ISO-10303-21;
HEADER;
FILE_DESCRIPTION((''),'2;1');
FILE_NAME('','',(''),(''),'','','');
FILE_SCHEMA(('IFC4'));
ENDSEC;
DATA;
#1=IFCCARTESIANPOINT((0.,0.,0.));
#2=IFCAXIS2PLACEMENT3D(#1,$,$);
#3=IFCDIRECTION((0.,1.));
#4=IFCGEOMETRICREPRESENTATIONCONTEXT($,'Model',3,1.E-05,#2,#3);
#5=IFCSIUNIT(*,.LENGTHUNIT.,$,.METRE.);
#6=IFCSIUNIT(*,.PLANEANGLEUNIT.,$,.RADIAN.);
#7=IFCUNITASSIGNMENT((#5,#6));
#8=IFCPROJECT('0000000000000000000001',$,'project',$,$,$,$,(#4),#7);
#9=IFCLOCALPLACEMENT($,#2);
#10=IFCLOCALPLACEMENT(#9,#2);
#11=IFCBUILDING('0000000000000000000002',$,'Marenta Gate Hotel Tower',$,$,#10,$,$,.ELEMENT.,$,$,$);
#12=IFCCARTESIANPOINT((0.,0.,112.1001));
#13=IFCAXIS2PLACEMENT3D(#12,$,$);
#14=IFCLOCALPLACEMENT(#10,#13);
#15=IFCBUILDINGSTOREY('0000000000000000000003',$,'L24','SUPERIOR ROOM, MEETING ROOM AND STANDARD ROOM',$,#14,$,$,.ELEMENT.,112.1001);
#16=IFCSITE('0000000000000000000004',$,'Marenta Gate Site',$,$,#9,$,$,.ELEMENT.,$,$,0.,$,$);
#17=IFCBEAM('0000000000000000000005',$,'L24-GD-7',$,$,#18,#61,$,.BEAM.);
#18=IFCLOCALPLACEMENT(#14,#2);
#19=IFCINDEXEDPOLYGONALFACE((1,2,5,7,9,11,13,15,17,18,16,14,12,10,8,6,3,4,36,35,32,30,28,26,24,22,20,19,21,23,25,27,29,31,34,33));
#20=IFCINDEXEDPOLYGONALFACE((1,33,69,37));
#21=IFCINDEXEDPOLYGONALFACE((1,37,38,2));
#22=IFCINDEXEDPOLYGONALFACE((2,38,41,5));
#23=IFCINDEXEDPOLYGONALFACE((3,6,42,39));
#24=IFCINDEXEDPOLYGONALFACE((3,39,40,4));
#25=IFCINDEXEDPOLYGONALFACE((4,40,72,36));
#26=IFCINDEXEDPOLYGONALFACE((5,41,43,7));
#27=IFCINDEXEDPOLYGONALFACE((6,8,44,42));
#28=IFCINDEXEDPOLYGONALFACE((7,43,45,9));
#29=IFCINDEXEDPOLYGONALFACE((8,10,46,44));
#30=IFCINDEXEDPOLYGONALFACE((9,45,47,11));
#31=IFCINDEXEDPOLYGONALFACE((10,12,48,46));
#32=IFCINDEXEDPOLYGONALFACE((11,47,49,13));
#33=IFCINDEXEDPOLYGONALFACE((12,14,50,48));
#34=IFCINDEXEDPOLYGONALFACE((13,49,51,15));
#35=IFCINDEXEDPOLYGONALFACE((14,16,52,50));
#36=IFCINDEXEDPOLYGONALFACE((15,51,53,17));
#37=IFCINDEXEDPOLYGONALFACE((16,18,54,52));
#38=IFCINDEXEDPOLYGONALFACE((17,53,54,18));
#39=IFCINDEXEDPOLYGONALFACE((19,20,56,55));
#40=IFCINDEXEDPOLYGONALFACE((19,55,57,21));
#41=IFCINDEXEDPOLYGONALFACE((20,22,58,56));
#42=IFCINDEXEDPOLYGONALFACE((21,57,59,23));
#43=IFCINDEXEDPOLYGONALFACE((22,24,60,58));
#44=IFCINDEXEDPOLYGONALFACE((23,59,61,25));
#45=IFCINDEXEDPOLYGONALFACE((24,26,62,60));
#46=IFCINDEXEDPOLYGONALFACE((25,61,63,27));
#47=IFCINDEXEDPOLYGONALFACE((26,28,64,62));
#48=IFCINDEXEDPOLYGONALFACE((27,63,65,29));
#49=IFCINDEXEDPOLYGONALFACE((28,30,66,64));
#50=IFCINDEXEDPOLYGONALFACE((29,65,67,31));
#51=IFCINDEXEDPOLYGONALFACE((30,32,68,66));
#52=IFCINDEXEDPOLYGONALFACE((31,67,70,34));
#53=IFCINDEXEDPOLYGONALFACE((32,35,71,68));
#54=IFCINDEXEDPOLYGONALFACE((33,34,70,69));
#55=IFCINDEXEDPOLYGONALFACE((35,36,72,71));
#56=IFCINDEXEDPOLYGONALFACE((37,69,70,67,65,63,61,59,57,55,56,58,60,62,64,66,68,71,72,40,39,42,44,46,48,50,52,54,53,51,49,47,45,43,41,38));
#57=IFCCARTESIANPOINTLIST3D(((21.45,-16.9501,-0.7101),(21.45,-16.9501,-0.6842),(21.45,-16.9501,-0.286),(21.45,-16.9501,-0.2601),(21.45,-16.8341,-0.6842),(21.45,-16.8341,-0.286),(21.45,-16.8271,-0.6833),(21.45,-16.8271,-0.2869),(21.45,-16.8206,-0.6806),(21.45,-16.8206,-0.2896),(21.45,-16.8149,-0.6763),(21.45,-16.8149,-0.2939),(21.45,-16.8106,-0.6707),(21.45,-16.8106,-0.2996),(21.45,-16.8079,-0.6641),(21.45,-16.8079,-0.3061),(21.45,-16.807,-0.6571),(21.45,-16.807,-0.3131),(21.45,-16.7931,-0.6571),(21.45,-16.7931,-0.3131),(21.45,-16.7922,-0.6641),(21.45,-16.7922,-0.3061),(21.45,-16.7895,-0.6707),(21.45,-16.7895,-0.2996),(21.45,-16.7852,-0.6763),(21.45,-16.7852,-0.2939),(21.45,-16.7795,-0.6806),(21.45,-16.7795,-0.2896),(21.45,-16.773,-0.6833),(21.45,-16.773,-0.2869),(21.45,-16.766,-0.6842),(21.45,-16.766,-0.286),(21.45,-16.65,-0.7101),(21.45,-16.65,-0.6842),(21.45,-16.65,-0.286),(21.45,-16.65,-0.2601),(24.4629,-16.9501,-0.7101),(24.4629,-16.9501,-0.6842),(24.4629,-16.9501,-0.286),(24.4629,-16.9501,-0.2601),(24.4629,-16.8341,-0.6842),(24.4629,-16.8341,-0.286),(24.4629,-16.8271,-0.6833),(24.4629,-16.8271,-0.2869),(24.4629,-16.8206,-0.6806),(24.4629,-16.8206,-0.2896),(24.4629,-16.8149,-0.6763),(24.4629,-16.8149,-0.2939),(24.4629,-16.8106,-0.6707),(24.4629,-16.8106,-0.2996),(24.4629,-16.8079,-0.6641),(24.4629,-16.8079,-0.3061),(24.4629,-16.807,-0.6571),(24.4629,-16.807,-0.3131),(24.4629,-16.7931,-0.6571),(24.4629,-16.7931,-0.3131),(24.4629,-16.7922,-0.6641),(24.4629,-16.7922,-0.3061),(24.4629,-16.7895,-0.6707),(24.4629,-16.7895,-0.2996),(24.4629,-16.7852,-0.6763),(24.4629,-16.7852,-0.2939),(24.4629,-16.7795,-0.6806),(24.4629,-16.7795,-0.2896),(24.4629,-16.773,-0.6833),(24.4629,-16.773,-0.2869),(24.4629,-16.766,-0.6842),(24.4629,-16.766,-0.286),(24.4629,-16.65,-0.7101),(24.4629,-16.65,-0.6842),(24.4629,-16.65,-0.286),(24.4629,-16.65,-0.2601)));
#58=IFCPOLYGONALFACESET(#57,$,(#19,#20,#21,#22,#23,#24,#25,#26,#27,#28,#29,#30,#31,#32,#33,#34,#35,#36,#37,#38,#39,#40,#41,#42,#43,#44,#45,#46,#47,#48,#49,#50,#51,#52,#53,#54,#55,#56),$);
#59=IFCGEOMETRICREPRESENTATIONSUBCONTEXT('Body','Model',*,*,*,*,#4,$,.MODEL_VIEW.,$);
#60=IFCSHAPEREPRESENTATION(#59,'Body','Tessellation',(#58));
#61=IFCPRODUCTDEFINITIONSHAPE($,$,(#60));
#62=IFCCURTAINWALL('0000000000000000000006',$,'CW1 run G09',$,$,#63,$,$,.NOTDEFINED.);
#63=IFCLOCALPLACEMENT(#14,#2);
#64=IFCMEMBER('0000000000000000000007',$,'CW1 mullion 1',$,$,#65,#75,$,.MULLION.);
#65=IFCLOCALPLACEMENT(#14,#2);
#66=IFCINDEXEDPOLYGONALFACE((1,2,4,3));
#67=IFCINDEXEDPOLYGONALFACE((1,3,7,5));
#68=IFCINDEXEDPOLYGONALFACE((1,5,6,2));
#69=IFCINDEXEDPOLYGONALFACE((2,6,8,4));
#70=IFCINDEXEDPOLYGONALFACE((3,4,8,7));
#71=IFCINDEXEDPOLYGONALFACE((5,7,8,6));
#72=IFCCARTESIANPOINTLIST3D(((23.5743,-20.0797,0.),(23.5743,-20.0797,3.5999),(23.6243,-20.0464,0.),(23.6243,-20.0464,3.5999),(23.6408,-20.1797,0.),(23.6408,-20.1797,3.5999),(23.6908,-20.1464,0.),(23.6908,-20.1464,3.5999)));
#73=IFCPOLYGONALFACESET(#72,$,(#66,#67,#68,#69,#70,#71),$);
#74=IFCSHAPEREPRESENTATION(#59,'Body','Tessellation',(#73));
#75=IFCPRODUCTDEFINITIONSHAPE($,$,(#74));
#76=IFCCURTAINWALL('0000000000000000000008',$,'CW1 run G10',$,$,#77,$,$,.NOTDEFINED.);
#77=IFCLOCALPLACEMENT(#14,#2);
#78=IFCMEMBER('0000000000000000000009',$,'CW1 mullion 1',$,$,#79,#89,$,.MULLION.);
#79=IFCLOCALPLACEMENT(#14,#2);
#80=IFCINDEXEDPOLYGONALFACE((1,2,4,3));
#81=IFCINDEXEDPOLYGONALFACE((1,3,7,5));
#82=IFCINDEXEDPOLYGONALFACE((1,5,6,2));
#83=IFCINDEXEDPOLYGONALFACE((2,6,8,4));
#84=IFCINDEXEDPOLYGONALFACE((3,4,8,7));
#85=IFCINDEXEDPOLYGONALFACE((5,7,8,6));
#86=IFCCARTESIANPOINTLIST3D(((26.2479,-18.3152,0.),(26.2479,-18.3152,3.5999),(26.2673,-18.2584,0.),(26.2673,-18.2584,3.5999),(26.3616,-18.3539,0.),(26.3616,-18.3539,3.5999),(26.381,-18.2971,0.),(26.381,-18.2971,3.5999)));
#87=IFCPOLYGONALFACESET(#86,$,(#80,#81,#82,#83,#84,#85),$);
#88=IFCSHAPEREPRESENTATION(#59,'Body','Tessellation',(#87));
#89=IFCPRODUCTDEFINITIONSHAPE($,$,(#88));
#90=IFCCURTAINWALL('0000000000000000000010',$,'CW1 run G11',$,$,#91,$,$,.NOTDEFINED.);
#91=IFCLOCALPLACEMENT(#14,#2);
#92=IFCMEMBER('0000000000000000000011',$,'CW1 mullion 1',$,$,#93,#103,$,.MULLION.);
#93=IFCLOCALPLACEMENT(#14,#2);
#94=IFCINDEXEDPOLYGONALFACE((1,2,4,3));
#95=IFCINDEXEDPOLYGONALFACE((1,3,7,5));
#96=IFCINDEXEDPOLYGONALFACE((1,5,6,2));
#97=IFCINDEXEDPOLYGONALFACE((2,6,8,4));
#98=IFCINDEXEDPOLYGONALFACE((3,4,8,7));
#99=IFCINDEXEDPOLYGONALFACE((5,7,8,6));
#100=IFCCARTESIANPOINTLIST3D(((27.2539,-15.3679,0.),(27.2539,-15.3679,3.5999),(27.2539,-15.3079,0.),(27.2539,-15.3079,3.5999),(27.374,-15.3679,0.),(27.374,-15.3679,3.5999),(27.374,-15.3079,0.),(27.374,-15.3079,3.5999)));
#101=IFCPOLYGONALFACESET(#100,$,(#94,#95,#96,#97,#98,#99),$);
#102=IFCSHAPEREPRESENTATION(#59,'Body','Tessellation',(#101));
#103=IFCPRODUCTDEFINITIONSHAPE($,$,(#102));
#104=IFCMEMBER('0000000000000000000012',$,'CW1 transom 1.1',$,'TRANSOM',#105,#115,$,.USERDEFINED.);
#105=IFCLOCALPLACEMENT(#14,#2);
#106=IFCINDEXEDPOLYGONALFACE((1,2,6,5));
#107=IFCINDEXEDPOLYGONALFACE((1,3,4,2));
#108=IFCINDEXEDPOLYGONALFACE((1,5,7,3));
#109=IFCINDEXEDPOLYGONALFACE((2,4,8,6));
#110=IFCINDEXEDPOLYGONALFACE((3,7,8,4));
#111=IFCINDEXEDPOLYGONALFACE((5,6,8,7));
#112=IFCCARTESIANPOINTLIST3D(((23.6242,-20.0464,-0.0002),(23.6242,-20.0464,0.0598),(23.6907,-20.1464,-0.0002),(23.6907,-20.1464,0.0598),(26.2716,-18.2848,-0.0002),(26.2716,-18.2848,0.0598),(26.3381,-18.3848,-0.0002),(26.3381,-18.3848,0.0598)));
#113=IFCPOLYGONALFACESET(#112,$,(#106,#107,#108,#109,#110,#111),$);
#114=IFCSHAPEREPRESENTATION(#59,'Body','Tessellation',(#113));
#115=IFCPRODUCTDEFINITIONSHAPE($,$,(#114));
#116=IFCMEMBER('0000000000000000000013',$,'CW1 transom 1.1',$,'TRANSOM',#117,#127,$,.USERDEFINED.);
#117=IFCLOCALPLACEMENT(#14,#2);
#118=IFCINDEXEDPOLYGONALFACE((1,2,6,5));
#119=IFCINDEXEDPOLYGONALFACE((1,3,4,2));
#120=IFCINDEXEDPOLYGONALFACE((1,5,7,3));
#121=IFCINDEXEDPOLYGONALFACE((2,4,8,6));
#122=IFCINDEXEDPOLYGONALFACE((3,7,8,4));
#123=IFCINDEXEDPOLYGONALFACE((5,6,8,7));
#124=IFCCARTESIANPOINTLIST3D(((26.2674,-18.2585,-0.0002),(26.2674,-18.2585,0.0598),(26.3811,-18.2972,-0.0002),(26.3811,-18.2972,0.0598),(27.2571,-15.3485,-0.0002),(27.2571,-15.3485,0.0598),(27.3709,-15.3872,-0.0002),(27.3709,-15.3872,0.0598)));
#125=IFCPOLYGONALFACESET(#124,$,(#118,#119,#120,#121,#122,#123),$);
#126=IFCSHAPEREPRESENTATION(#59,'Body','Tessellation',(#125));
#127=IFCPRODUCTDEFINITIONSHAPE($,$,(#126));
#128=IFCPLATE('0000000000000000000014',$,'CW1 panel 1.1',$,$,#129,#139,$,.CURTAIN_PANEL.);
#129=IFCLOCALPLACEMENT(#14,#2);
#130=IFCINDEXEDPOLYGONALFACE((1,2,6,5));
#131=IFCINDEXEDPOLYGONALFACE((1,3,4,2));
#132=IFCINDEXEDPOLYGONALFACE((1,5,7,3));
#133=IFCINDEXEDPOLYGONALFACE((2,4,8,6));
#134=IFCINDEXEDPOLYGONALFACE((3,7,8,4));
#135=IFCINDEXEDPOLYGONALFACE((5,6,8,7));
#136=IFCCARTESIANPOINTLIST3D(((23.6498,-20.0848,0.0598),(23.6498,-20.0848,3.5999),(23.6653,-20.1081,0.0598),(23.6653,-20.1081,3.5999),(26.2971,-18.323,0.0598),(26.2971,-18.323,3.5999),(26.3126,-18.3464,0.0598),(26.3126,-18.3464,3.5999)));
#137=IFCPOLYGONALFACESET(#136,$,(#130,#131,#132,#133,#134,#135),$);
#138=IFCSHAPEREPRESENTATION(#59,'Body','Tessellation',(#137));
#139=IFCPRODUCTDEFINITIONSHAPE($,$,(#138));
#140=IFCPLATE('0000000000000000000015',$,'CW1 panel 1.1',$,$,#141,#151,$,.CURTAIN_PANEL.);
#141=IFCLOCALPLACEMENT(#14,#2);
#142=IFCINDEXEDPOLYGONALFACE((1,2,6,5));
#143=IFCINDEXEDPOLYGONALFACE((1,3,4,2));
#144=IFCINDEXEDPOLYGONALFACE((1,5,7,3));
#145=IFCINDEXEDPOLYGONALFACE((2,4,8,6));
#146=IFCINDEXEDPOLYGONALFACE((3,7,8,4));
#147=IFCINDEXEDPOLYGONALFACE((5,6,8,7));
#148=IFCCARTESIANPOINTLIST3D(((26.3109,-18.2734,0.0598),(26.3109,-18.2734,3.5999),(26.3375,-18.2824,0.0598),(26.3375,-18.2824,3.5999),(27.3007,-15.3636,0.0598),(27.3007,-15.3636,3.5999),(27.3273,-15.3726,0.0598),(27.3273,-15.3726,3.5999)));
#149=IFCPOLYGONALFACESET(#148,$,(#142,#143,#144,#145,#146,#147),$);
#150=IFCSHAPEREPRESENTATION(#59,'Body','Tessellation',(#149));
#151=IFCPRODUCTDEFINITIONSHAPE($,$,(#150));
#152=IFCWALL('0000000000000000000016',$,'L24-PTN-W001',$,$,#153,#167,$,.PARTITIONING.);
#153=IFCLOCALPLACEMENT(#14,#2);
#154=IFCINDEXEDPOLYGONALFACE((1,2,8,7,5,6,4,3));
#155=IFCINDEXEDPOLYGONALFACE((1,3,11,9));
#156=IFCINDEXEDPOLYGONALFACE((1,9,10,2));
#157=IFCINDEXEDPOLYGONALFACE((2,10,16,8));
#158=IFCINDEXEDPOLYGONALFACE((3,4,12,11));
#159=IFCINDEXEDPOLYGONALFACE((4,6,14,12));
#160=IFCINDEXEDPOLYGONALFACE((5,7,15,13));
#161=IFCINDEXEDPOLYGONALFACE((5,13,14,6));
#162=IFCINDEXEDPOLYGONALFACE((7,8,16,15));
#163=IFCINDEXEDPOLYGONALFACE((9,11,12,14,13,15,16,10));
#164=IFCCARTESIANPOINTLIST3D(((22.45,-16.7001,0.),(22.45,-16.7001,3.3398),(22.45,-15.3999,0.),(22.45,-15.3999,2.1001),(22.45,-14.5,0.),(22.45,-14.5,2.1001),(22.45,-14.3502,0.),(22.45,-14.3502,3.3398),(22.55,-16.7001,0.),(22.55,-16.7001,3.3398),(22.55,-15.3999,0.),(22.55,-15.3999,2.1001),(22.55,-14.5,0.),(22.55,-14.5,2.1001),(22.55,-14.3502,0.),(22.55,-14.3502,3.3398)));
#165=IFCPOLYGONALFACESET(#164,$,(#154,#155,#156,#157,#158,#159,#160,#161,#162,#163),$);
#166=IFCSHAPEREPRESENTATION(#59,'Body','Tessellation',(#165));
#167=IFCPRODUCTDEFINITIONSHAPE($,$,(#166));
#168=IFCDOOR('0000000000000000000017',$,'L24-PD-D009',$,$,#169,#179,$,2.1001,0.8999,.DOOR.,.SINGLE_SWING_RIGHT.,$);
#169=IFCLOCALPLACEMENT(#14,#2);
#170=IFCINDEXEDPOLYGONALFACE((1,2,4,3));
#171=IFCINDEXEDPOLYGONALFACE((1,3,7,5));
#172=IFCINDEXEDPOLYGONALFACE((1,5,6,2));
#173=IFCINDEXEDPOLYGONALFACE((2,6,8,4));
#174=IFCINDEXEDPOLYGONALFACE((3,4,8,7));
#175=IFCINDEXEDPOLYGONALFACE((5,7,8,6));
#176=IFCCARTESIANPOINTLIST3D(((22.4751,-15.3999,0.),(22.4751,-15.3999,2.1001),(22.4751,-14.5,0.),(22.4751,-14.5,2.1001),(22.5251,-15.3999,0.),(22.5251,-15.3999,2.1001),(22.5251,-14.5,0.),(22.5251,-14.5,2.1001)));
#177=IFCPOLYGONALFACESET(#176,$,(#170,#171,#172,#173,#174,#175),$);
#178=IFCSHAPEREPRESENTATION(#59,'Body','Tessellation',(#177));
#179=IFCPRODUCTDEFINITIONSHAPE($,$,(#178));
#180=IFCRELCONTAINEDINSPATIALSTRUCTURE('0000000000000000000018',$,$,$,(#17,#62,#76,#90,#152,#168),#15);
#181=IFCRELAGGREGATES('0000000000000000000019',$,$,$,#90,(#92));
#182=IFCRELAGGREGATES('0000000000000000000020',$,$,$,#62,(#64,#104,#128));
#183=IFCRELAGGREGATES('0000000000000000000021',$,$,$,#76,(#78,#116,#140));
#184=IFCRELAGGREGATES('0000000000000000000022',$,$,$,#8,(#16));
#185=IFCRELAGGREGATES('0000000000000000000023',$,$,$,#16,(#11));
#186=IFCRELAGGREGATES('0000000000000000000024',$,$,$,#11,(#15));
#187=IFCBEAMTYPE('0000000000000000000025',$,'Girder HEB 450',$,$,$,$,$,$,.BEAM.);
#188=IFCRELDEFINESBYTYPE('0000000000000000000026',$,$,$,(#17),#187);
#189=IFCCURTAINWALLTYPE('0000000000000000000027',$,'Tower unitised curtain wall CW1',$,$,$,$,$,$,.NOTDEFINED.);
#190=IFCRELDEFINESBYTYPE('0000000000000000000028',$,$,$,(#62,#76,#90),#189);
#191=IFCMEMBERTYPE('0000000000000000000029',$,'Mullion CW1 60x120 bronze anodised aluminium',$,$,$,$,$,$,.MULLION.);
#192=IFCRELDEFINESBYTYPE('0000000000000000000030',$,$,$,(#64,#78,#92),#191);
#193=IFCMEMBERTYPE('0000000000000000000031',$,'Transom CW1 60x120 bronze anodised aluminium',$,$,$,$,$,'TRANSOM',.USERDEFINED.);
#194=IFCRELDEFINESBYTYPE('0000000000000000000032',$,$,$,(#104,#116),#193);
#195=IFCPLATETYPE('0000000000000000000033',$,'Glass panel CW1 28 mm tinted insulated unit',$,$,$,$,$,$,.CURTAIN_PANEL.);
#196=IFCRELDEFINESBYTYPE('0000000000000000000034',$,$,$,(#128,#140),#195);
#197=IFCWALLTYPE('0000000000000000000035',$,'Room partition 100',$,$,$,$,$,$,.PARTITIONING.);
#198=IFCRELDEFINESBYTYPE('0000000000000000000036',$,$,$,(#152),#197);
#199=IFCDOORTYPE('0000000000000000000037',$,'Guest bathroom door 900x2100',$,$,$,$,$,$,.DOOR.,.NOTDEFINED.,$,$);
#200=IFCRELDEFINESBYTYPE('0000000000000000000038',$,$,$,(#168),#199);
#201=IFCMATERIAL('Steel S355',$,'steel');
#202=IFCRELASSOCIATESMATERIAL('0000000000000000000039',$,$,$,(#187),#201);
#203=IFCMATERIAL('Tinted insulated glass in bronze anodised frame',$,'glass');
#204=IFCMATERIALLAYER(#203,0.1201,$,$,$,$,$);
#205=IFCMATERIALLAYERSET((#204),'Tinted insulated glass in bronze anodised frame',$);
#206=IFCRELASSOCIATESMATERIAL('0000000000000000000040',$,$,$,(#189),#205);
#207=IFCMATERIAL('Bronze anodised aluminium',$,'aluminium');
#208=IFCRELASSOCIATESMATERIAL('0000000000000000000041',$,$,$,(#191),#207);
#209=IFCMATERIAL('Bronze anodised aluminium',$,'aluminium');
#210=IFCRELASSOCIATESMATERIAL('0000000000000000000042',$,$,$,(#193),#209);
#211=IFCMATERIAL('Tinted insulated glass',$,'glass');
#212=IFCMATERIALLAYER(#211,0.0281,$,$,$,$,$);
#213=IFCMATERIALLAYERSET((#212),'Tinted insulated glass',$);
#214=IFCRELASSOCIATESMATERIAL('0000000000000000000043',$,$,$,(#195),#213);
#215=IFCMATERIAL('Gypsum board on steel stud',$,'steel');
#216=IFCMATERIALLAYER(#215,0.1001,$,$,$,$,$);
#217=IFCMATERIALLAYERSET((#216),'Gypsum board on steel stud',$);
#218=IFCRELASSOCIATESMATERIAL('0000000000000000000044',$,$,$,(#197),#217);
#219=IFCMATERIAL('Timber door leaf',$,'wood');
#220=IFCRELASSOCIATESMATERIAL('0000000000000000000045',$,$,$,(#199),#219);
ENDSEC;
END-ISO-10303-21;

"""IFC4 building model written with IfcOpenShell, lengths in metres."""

from ifc_helpers import new_model, si_unit, direction, frame, frame_2d, origin, origin_2d, place, context, subcontext, project, spatial, rectangle, i_section, extrude, material, layer, layer_set, material_profile, profile_set, type_object, element, fill, aggregate, save


model = new_model("IFC4")

# Units and contexts
model_context = context("Model", 3, precision=1e-05, world=origin(), true_north=direction((0.0, 1.0)))
body_context = subcontext(model_context, "Body", "Model", "MODEL_VIEW")
ifc_project = project(units=[si_unit("LENGTHUNIT", "METRE"), si_unit("PLANEANGLEUNIT", "RADIAN")], contexts=[model_context])

# Site, building, storey
site_placement = place(None, origin())
site = spatial("IfcSite", under=ifc_project, at=site_placement, Name="Marenta Gate Site", CompositionType="ELEMENT", RefElevation=0.0)
building_placement = place(site_placement, origin())
building = spatial("IfcBuilding", under=site, at=building_placement, Name="Marenta Gate Hotel Tower", CompositionType="ELEMENT")
storey_placement = place(building_placement, frame((0.0, 0.0, 112.1001)))
storey = spatial("IfcBuildingStorey", under=building, at=storey_placement, Name="L24", Description="SUPERIOR ROOM, MEETING ROOM AND STANDARD ROOM", CompositionType="ELEMENT", Elevation=112.1001)

# Beam
ifc_material_1 = material(Name="Steel S355", Category="steel")
ifc_material_profile_1 = material_profile(ifc_material_1, i_section(OverallWidth=0.3, OverallDepth=0.45, WebThickness=0.0139, FlangeThickness=0.0259, FilletRadius=0.0271, at=origin_2d()), Name="HEB 450")
ifc_profile_set_1 = profile_set([ifc_material_profile_1], Name="Steel S355")
beam_type_1 = type_object("IfcBeamType", Name="Girder HEB 450", PredefinedType="BEAM", material=ifc_profile_set_1)
beam_1_placement = place(storey_placement, frame((21.45, -16.8, -0.4851), z_axis=(1.0, 0.0, 0.0), x_axis=(0.0, 1.0, 0.0)))
element("IfcBeam", 1, at=beam_1_placement, inside=storey, type_object=beam_type_1, Name="L24-GD-7", PredefinedType="BEAM", context=body_context, shape_type="SweptSolid", body=[
    extrude(i_section(OverallWidth=0.3, OverallDepth=0.45, WebThickness=0.0139, FlangeThickness=0.0259, FilletRadius=0.0271, at=origin_2d()), origin(), (0.0, 0.0, 1.0), 3.0129),
])

# Curtain walls, members
ifc_material_2 = material(Name="Tinted insulated glass in bronze anodised frame", Category="glass")
ifc_layer_1 = layer(ifc_material_2, 0.1201)
ifc_layer_set_1 = layer_set([ifc_layer_1], Name="Tinted insulated glass in bronze anodised frame")
curtain_wall_type = type_object("IfcCurtainWallType", Name="Tower unitised curtain wall CW1", PredefinedType="NOTDEFINED", material=ifc_layer_set_1)
curtain_wall_1_placement = place(storey_placement, origin())
curtain_wall_1 = element("IfcCurtainWall", 2, at=curtain_wall_1_placement, inside=storey, type_object=curtain_wall_type, Name="CW1 run G09", PredefinedType="NOTDEFINED")
ifc_material_3 = material(Name="Bronze anodised aluminium", Category="aluminium")
ifc_material_profile_2 = material_profile(ifc_material_3, rectangle(XDim=0.1201, YDim=0.0601, at=origin_2d()), Name="Mullion CW1 60x120 bronze anodised aluminium")
ifc_profile_set_2 = profile_set([ifc_material_profile_2], Name="Bronze anodised aluminium")
member_type_1 = type_object("IfcMemberType", Name="Mullion CW1 60x120 bronze anodised aluminium", PredefinedType="MULLION", material=ifc_profile_set_2)
member_1_placement = place(storey_placement, frame((23.6326, -20.113, 0.0), z_axis=(0.0, 0.0, 1.0), x_axis=(-0.554016, 0.832506, 0.0)))
member_1 = element("IfcMember", 3, at=member_1_placement, type_object=member_type_1, Name="CW1 mullion 1", PredefinedType="MULLION", context=body_context, shape_type="SweptSolid", body=[
    extrude(rectangle(XDim=0.1201, YDim=0.0601, at=origin_2d()), origin(), (0.0, 0.0, 1.0), 3.5999),
])
curtain_wall_2_placement = place(storey_placement, origin())
curtain_wall_2 = element("IfcCurtainWall", 4, at=curtain_wall_2_placement, inside=storey, type_object=curtain_wall_type, Name="CW1 run G10", PredefinedType="NOTDEFINED")
member_2_placement = place(storey_placement, frame((26.3145, -18.3062, 0.0), z_axis=(0.0, 0.0, 1.0), x_axis=(-0.946728, 0.322033, 0.0)))
member_2 = element("IfcMember", 5, at=member_2_placement, type_object=member_type_1, Name="CW1 mullion 1", PredefinedType="MULLION", context=body_context, shape_type="SweptSolid", body=[
    extrude(rectangle(XDim=0.1201, YDim=0.0601, at=origin_2d()), origin(), (0.0, 0.0, 1.0), 3.5999),
])
curtain_wall_3_placement = place(storey_placement, origin())
curtain_wall_3 = element("IfcCurtainWall", 6, at=curtain_wall_3_placement, inside=storey, type_object=curtain_wall_type, Name="CW1 run G11", PredefinedType="NOTDEFINED")
member_3_placement = place(storey_placement, frame((27.314, -15.3379, 0.0), z_axis=(0.0, 0.0, 1.0), x_axis=(-1.0, 0.0, 0.0)))
member_3 = element("IfcMember", 7, at=member_3_placement, type_object=member_type_1, Name="CW1 mullion 1", PredefinedType="MULLION", context=body_context, shape_type="SweptSolid", body=[
    extrude(rectangle(XDim=0.1201, YDim=0.0601, at=origin_2d()), origin(), (0.0, 0.0, 1.0), 3.5999),
])
aggregate(curtain_wall_3, [member_3])

# Members
ifc_material_4 = material(Name="Bronze anodised aluminium", Category="aluminium")
ifc_material_profile_3 = material_profile(ifc_material_4, rectangle(XDim=0.1201, YDim=0.0601, at=origin_2d()), Name="Transom CW1 60x120 bronze anodised aluminium")
ifc_profile_set_3 = profile_set([ifc_material_profile_3], Name="Bronze anodised aluminium")
member_type_2 = type_object("IfcMemberType", Name="Transom CW1 60x120 bronze anodised aluminium", ElementType="TRANSOM", PredefinedType="USERDEFINED", material=ifc_profile_set_3)
member_4_placement = place(storey_placement, frame((23.6575, -20.0964, 0.0298), z_axis=(0.832522, 0.553991, 0.0), x_axis=(-0.553991, 0.832522, 0.0)))
member_4 = element("IfcMember", 8, at=member_4_placement, type_object=member_type_2, Name="CW1 transom 1.1", ObjectType="TRANSOM", PredefinedType="USERDEFINED", context=body_context, shape_type="SweptSolid", body=[
    extrude(rectangle(XDim=0.1201, YDim=0.0601, at=origin_2d()), origin(), (0.0, 0.0, 1.0), 3.1799),
])
member_5_placement = place(storey_placement, frame((26.3242, -18.2778, 0.0298), z_axis=(0.322012, 0.946735, 0.0), x_axis=(-0.946735, 0.322012, 0.0)))
member_5 = element("IfcMember", 9, at=member_5_placement, type_object=member_type_2, Name="CW1 transom 1.1", ObjectType="TRANSOM", PredefinedType="USERDEFINED", context=body_context, shape_type="SweptSolid", body=[
    extrude(rectangle(XDim=0.1201, YDim=0.0601, at=origin_2d()), origin(), (0.0, 0.0, 1.0), 3.0737),
])

# Plates
ifc_material_5 = material(Name="Tinted insulated glass", Category="glass")
ifc_layer_2 = layer(ifc_material_5, 0.0281)
ifc_layer_set_2 = layer_set([ifc_layer_2], Name="Tinted insulated glass")
plate_type = type_object("IfcPlateType", Name="Glass panel CW1 28 mm tinted insulated unit", PredefinedType="CURTAIN_PANEL", material=ifc_layer_set_2)
plate_1_placement = place(storey_placement, frame((24.9812, -19.2156, 0.0598), z_axis=(0.0, 0.0, 1.0), x_axis=(0.832506, 0.554016, 0.0)))
plate_1 = element("IfcPlate", 10, at=plate_1_placement, type_object=plate_type, Name="CW1 panel 1.1", PredefinedType="CURTAIN_PANEL", context=body_context, shape_type="SweptSolid", body=[
    extrude(rectangle(XDim=3.1799, YDim=0.0281, at=origin_2d()), origin(), (0.0, 0.0, 1.0), 3.54),
])
aggregate(curtain_wall_1, [member_1, member_4, plate_1])
plate_2_placement = place(storey_placement, frame((26.8191, -16.823, 0.0598), z_axis=(0.0, 0.0, 1.0), x_axis=(0.322033, 0.946728, 0.0)))
plate_2 = element("IfcPlate", 11, at=plate_2_placement, type_object=plate_type, Name="CW1 panel 1.1", PredefinedType="CURTAIN_PANEL", context=body_context, shape_type="SweptSolid", body=[
    extrude(rectangle(XDim=3.0735, YDim=0.0281, at=origin_2d()), origin(), (0.0, 0.0, 1.0), 3.54),
])
aggregate(curtain_wall_2, [member_2, member_5, plate_2])

# Wall, opening, door
ifc_material_6 = material(Name="Gypsum board on steel stud", Category="steel")
ifc_layer_3 = layer(ifc_material_6, 0.1001)
ifc_layer_set_3 = layer_set([ifc_layer_3], Name="Gypsum board on steel stud")
wall_type_1 = type_object("IfcWallType", Name="Room partition 100", PredefinedType="PARTITIONING", material=ifc_layer_set_3)
wall_1_placement = place(storey_placement, frame((22.5, -16.7, 0.0), z_axis=(0.0, 0.0, 1.0), x_axis=(0.0, 1.0, 0.0)))
wall_1 = element("IfcWall", 12, at=wall_1_placement, inside=storey, type_object=wall_type_1, Name="L24-PTN-W001", PredefinedType="PARTITIONING", context=body_context, shape_type="SweptSolid", body=[
    extrude(rectangle(XDim=2.3499, YDim=0.1001, at=frame_2d((1.1748, 0.0))), origin(), (0.0, 0.0, 1.0), 3.3398),
])
opening_placement = place(wall_1_placement, frame((1.3, 0.0, 0.0)))
opening = element("IfcOpeningElement", 13, at=opening_placement, cuts=wall_1, PredefinedType="OPENING", context=body_context, shape_type="SweptSolid", body=[
    extrude(rectangle(XDim=0.8999, YDim=2.1001, at=frame_2d((0.45, 1.05))), frame((0.0, 0.05, 0.0), z_axis=(0.0, -1.0, 0.0), x_axis=(1.0, 0.0, 0.0)), (0.0, 0.0, 1.0), 0.1001),
])
ifc_material_7 = material(Name="Timber door leaf", Category="wood")
door_type = type_object("IfcDoorType", Name="Guest bathroom door 900x2100", OperationType="NOTDEFINED", PredefinedType="DOOR", material=ifc_material_7)
door_placement = place(opening_placement, origin())
door = element("IfcDoor", 14, at=door_placement, inside=storey, type_object=door_type, Name="L24-PD-D009", OperationType="SINGLE_SWING_RIGHT", OverallHeight=2.1001, OverallWidth=0.8999, PredefinedType="DOOR", context=body_context, shape_type="SweptSolid", body=[
    extrude(rectangle(XDim=0.8999, YDim=2.1001, at=frame_2d((0.45, 1.05))), frame((0.0, 0.0249, 0.0), z_axis=(0.0, -1.0, 0.0), x_axis=(1.0, 0.0, 0.0)), (0.0, 0.0, 1.0), 0.05),
])
fill(opening, door)

save(model, "model.ifc")
